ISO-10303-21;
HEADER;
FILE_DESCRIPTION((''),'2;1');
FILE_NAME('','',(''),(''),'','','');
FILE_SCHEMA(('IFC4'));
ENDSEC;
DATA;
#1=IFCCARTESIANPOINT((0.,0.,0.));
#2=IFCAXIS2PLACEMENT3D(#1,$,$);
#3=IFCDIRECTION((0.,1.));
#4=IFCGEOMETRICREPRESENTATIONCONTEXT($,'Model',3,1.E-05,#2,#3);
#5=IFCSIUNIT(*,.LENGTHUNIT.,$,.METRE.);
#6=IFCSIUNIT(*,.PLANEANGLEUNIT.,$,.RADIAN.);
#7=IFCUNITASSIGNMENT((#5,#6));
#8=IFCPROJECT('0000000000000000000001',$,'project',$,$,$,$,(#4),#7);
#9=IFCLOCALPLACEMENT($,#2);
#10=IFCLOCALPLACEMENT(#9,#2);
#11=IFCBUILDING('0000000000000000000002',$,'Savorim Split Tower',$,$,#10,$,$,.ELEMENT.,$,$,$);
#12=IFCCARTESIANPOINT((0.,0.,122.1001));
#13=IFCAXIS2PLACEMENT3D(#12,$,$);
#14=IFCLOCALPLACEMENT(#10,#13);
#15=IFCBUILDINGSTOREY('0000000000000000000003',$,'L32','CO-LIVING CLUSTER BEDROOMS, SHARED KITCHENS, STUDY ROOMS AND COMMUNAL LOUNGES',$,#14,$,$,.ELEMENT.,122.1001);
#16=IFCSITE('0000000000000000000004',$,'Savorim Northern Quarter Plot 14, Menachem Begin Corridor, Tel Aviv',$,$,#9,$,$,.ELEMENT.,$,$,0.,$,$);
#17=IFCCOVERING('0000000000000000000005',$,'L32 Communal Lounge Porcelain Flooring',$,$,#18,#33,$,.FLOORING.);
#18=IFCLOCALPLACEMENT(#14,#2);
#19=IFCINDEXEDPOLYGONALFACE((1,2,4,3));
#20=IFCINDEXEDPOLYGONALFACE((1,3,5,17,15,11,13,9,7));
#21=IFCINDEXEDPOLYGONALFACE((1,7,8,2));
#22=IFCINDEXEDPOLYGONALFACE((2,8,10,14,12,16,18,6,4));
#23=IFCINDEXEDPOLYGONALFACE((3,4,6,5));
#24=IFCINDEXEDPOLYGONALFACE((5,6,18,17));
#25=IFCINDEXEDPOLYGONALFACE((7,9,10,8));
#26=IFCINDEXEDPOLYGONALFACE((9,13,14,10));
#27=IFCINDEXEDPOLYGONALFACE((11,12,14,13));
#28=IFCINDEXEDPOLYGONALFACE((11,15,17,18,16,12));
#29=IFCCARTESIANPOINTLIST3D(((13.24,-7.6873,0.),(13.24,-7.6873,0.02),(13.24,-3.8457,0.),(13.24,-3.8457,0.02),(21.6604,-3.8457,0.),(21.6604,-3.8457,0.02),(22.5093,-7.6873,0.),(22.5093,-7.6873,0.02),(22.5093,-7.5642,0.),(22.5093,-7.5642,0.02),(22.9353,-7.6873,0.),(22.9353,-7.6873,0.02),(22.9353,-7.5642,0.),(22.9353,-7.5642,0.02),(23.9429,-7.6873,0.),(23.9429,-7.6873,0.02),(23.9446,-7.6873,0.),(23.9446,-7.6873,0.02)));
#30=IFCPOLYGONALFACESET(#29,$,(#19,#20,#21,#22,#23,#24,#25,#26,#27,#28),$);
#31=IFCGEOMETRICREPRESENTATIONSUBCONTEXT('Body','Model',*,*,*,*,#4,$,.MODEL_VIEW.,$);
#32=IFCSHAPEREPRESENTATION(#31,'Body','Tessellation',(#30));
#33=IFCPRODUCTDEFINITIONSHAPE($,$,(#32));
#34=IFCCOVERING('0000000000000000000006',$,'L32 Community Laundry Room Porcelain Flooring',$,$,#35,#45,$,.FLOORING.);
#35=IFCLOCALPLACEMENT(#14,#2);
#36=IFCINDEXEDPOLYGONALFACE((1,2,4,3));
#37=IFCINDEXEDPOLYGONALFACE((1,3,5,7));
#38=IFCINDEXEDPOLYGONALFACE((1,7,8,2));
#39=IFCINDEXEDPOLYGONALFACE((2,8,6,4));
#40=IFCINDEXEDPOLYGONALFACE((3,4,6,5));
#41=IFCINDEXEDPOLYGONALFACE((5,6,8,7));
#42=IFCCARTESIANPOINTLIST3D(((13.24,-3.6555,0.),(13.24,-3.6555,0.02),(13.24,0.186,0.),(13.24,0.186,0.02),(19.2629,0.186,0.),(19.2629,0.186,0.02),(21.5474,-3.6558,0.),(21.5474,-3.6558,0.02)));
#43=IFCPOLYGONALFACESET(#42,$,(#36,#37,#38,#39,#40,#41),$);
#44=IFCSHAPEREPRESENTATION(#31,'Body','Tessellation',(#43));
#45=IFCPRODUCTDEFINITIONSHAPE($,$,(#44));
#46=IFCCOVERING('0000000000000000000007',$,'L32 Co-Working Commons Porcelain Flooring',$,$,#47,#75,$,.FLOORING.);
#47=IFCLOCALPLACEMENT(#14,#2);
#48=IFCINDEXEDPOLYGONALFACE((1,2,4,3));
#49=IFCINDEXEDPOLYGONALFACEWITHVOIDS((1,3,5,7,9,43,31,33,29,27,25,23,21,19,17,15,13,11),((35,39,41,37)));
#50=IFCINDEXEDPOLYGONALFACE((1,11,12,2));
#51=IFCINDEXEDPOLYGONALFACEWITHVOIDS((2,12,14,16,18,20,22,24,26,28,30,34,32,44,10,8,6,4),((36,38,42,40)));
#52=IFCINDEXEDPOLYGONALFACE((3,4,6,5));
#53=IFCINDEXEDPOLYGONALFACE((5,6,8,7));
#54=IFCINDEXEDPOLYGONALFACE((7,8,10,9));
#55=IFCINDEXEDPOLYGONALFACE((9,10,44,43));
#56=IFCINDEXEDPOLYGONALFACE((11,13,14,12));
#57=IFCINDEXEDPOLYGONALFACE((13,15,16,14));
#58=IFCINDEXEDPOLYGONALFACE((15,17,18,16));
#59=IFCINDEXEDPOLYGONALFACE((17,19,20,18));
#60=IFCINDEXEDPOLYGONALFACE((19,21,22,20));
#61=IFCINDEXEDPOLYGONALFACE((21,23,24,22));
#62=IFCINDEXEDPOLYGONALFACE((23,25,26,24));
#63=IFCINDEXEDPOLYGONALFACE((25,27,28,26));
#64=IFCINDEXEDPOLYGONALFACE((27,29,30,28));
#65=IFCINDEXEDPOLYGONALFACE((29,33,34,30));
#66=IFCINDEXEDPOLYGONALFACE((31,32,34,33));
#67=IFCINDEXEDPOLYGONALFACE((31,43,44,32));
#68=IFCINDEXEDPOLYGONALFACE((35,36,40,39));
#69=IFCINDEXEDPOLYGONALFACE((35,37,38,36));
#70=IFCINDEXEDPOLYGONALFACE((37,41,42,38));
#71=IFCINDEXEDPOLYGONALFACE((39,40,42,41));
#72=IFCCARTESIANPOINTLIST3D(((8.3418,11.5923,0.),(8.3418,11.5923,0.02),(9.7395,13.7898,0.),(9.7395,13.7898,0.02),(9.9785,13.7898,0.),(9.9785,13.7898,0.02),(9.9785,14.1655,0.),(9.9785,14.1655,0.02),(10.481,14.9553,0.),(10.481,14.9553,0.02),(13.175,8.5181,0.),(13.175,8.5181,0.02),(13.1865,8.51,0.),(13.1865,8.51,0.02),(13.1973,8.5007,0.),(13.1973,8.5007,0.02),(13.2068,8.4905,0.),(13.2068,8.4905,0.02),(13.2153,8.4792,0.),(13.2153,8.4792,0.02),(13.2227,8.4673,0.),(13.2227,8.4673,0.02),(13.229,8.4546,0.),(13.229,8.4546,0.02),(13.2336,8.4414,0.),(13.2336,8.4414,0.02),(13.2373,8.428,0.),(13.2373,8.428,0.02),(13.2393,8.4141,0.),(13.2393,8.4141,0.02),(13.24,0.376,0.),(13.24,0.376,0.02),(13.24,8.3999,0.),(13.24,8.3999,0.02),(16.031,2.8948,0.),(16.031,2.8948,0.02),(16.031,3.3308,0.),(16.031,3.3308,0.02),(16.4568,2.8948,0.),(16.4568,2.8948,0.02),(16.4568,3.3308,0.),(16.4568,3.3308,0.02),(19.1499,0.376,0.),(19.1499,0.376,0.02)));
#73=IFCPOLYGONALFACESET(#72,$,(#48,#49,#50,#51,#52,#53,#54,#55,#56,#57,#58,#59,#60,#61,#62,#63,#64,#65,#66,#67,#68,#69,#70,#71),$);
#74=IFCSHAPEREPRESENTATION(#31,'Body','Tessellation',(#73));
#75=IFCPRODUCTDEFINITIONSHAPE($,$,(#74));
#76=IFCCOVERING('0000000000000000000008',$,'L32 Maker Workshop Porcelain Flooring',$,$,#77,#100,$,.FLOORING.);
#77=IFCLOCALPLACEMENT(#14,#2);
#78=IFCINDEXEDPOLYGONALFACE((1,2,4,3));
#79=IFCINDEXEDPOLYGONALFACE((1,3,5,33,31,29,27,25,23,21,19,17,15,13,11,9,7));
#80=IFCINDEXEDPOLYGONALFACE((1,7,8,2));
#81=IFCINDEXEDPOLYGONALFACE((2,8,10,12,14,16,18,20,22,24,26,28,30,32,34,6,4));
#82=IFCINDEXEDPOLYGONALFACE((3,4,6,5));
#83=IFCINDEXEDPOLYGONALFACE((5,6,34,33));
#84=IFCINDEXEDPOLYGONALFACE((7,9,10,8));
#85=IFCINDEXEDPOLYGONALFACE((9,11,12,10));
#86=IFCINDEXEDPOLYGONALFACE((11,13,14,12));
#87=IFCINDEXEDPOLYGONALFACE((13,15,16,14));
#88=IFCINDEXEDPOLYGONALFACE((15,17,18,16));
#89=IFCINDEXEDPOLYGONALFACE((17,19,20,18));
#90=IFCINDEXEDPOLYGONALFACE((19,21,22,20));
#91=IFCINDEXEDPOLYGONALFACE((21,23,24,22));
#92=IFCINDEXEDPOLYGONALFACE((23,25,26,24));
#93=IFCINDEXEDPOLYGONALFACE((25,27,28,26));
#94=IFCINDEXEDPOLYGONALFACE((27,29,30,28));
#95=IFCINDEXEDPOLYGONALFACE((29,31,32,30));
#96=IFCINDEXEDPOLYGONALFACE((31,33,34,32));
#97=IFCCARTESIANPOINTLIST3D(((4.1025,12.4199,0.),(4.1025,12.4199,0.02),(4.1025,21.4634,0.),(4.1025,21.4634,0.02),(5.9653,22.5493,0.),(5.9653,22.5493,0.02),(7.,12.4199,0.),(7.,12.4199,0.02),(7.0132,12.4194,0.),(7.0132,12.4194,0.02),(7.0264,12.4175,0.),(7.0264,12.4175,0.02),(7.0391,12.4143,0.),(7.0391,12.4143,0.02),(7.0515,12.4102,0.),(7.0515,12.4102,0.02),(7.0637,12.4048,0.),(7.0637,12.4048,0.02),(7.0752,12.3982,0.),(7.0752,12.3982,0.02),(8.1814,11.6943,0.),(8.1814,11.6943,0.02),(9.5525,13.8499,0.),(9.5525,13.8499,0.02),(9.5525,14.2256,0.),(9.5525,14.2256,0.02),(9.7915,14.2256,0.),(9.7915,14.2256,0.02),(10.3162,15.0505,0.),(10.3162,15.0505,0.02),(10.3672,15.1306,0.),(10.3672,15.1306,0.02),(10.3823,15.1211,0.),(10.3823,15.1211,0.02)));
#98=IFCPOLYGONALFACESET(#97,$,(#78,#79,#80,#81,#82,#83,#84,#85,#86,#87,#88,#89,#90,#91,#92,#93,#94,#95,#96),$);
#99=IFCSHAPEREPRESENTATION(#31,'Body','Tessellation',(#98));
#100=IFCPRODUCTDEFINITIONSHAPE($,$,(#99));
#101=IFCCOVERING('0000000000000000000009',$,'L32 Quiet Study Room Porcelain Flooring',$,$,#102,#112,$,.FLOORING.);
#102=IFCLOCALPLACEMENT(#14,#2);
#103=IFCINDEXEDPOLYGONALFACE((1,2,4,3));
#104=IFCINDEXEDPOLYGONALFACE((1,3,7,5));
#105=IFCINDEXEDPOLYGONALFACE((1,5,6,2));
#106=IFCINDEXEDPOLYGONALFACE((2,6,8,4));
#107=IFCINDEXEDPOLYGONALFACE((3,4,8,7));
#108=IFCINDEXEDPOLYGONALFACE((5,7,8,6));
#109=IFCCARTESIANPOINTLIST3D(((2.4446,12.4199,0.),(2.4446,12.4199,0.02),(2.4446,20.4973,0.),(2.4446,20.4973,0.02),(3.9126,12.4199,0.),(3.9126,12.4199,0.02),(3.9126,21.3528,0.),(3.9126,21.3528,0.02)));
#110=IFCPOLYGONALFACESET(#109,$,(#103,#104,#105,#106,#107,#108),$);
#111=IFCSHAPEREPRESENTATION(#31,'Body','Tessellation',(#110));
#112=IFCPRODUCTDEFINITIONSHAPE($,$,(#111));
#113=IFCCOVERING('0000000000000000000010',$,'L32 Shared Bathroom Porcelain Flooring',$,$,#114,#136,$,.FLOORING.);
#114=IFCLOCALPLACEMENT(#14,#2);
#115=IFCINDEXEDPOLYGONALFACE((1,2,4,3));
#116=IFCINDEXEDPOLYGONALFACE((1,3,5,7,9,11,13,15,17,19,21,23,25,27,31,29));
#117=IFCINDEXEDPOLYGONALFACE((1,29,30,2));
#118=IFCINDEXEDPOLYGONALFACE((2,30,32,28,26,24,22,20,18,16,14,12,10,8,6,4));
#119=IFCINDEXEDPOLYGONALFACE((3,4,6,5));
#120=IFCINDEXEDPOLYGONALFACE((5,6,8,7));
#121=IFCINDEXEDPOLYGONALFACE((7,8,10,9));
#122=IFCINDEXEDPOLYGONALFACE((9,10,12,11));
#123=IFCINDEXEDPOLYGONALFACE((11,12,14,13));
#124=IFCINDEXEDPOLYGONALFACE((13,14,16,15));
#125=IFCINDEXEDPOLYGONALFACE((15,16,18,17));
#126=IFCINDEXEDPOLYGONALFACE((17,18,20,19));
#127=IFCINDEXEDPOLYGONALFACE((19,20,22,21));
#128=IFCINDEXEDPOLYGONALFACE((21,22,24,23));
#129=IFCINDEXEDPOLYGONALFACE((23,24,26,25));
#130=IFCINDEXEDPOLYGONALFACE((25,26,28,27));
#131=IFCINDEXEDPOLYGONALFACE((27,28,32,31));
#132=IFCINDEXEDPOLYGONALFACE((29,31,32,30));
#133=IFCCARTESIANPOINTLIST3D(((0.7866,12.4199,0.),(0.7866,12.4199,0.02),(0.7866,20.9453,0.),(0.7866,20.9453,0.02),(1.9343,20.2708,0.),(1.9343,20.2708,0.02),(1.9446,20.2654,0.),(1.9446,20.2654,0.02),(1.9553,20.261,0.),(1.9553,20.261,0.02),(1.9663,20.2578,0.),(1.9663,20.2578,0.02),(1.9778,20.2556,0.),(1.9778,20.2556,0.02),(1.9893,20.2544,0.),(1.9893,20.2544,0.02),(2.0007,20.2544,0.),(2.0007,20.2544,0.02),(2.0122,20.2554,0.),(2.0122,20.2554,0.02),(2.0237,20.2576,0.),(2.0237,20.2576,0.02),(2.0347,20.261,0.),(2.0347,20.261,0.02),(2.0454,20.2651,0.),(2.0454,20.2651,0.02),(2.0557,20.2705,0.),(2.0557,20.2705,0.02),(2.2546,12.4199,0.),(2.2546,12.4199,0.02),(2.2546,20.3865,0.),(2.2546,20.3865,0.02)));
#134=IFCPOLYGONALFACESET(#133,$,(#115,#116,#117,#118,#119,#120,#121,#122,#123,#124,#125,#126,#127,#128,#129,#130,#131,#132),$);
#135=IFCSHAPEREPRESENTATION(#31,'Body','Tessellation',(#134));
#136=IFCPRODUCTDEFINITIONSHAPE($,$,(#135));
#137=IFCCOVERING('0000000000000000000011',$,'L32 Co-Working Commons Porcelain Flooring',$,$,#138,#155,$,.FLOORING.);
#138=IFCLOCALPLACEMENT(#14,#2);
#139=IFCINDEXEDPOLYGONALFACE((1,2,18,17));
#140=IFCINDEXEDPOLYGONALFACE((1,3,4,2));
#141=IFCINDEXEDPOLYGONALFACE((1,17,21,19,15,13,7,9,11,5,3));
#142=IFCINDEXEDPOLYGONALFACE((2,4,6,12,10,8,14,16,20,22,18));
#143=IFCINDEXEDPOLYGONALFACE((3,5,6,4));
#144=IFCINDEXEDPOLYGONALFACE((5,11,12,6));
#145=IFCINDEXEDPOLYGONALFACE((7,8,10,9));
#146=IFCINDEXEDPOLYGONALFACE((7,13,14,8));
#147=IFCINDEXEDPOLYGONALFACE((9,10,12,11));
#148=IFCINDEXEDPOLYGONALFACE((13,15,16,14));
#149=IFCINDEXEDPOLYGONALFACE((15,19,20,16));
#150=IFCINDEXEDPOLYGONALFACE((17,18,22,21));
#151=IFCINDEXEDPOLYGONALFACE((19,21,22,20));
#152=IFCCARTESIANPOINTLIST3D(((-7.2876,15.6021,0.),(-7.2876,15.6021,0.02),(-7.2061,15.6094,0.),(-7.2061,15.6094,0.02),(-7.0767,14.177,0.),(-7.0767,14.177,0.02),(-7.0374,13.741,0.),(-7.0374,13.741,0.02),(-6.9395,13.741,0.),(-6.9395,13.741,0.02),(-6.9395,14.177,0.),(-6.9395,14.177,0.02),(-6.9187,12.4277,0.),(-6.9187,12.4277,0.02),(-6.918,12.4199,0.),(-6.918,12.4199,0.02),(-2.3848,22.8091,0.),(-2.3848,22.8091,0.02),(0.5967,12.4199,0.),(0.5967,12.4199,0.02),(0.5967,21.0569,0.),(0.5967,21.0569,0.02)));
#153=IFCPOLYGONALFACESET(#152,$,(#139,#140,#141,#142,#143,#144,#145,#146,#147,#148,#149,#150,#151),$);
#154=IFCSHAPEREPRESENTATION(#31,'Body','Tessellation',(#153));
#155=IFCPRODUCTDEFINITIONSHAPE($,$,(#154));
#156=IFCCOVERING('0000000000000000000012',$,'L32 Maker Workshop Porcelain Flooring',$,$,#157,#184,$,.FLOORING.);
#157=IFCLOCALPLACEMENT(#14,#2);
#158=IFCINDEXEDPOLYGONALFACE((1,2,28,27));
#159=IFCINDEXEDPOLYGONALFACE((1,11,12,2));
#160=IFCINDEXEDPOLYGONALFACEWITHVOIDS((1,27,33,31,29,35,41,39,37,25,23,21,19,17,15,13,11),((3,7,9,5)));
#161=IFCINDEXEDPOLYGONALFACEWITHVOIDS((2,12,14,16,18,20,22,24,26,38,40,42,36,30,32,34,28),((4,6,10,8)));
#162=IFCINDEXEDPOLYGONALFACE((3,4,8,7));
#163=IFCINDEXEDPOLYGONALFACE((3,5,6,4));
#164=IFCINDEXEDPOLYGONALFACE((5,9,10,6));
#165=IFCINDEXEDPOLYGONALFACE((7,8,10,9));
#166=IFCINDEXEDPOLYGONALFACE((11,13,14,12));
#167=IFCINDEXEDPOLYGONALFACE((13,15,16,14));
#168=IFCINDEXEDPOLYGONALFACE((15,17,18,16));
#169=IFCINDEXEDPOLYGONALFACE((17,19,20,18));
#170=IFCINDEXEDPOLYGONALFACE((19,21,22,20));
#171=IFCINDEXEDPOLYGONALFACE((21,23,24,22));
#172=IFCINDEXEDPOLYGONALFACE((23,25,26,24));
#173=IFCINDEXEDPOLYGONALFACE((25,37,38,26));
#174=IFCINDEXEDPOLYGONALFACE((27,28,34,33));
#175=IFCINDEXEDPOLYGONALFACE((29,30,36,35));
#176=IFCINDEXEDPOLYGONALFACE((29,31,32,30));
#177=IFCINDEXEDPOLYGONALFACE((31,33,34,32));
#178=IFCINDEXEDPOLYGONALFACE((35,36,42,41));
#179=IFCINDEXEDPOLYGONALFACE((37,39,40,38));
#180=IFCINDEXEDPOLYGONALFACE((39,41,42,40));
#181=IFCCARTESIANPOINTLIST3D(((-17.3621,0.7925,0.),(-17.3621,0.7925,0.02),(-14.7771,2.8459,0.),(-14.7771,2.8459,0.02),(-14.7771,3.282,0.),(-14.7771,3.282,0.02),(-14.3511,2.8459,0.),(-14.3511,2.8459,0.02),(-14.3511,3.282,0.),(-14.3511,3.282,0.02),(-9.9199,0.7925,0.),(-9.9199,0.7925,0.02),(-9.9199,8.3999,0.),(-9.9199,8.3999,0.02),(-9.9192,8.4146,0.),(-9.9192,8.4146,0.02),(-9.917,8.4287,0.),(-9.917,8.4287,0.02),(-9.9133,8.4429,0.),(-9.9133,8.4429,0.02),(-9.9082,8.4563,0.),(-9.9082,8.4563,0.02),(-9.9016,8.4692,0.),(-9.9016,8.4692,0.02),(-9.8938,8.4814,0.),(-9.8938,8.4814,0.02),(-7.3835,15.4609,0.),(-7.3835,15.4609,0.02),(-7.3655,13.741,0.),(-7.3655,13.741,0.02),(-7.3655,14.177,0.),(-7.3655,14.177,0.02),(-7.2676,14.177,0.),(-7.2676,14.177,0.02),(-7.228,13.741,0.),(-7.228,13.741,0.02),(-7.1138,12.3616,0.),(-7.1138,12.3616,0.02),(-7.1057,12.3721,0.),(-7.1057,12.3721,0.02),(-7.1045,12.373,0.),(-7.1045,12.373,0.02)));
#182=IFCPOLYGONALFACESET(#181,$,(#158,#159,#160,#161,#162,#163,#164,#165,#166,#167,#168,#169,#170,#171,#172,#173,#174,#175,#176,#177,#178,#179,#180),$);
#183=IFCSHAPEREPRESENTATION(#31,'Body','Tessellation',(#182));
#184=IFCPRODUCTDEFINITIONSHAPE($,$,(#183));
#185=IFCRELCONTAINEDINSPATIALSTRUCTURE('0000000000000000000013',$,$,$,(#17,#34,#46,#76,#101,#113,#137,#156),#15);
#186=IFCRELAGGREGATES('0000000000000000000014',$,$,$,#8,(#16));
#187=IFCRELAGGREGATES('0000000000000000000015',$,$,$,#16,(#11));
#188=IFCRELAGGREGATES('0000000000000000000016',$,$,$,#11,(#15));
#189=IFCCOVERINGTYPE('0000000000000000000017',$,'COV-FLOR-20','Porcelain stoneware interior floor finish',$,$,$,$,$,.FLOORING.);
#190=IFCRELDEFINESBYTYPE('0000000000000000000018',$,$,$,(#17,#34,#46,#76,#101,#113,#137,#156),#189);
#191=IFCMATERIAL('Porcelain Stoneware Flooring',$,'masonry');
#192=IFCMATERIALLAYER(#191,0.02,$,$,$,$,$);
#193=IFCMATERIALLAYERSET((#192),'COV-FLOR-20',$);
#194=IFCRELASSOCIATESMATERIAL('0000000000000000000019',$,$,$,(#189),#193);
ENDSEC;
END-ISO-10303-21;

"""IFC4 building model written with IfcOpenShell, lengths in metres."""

from ifc_helpers import new_model, si_unit, direction, frame, origin, place, context, subcontext, project, spatial, polyline, outline, extrude, material, layer, layer_set, type_object, element, save


model = new_model("IFC4")

# Units and contexts
model_context = context("Model", 3, precision=1e-05, world=origin(), true_north=direction((0.0, 1.0)))
body_context = subcontext(model_context, "Body", "Model", "MODEL_VIEW")
ifc_project = project(units=[si_unit("LENGTHUNIT", "METRE"), si_unit("PLANEANGLEUNIT", "RADIAN")], contexts=[model_context])

# Site, building, storey
site_placement = place(None, origin())
site = spatial("IfcSite", under=ifc_project, at=site_placement, Name="Savorim Northern Quarter Plot 14, Menachem Begin Corridor, Tel Aviv", CompositionType="ELEMENT", RefElevation=0.0)
building_placement = place(site_placement, origin())
building = spatial("IfcBuilding", under=site, at=building_placement, Name="Savorim Split Tower", CompositionType="ELEMENT")
storey_placement = place(building_placement, frame((0.0, 0.0, 122.1001)))
storey = spatial("IfcBuildingStorey", under=building, at=storey_placement, Name="L32", Description="CO-LIVING CLUSTER BEDROOMS, SHARED KITCHENS, STUDY ROOMS AND COMMUNAL LOUNGES", CompositionType="ELEMENT", Elevation=122.1001)

# Coverings
ifc_material_1 = material(Name="Porcelain Stoneware Flooring", Category="masonry")
ifc_layer_1 = layer(ifc_material_1, 0.02)
ifc_layer_set_1 = layer_set([ifc_layer_1], Name="COV-FLOR-20")
covering_type_1 = type_object("IfcCoveringType", Name="COV-FLOR-20", Description="Porcelain stoneware interior floor finish", PredefinedType="FLOORING", material=ifc_layer_set_1)
covering_1_placement = place(storey_placement, origin())
element("IfcCovering", 1, at=covering_1_placement, inside=storey, type_object=covering_type_1, Name="L32 Communal Lounge Porcelain Flooring", PredefinedType="FLOORING", context=body_context, shape_type="SweptSolid", body=[
    extrude(outline(polyline([(22.9353, -7.5642), (22.9353, -7.6873), (23.9429, -7.6873), (23.9446, -7.6873), (21.6604, -3.8457), (13.24, -3.8457), (13.24, -7.6873), (22.5093, -7.6873), (22.5093, -7.5642), (22.9353, -7.5642)])), origin(), (0.0, 0.0, 1.0), 0.02),
])
covering_2_placement = place(storey_placement, origin())
element("IfcCovering", 2, at=covering_2_placement, inside=storey, type_object=covering_type_1, Name="L32 Community Laundry Room Porcelain Flooring", PredefinedType="FLOORING", context=body_context, shape_type="SweptSolid", body=[
    extrude(outline(polyline([(21.5474, -3.6558), (19.2629, 0.186), (13.24, 0.186), (13.24, -3.6555), (21.5474, -3.6558)])), origin(), (0.0, 0.0, 1.0), 0.02),
])
covering_3_placement = place(storey_placement, origin())
element("IfcCovering", 3, at=covering_3_placement, inside=storey, type_object=covering_type_1, Name="L32 Co-Working Commons Porcelain Flooring", PredefinedType="FLOORING", context=body_context, shape_type="SweptSolid", body=[
    extrude(outline(polyline([(13.2373, 8.428), (13.2393, 8.4141), (13.24, 8.3999), (13.24, 0.376), (19.1499, 0.376), (10.481, 14.9553), (9.9785, 14.1655), (9.9785, 13.7898), (9.7395, 13.7898), (8.3418, 11.5923), (8.3418, 11.5923), (13.175, 8.5181), (13.1865, 8.51), (13.1973, 8.5007), (13.2068, 8.4905), (13.2153, 8.4792), (13.2227, 8.4673), (13.229, 8.4546), (13.2336, 8.4414), (13.2373, 8.428)]), holes=[polyline([(16.4568, 2.8948), (16.4568, 3.3308), (16.031, 3.3308), (16.031, 2.8948), (16.4568, 2.8948)])]), origin(), (0.0, 0.0, 1.0), 0.02),
])
covering_4_placement = place(storey_placement, origin())
element("IfcCovering", 4, at=covering_4_placement, inside=storey, type_object=covering_type_1, Name="L32 Maker Workshop Porcelain Flooring", PredefinedType="FLOORING", context=body_context, shape_type="SweptSolid", body=[
    extrude(outline(polyline([(10.3672, 15.1306), (10.3823, 15.1211), (5.9653, 22.5493), (4.1025, 21.4634), (4.1025, 12.4199), (7.0, 12.4199), (7.0132, 12.4194), (7.0264, 12.4175), (7.0391, 12.4143), (7.0515, 12.4102), (7.0637, 12.4048), (7.0752, 12.3982), (8.1814, 11.6943), (9.5525, 13.8499), (9.5525, 14.2256), (9.7915, 14.2256), (10.3162, 15.0505), (10.3672, 15.1306)])), origin(), (0.0, 0.0, 1.0), 0.02),
])
covering_5_placement = place(storey_placement, origin())
element("IfcCovering", 5, at=covering_5_placement, inside=storey, type_object=covering_type_1, Name="L32 Quiet Study Room Porcelain Flooring", PredefinedType="FLOORING", context=body_context, shape_type="SweptSolid", body=[
    extrude(outline(polyline([(2.4446, 12.4199), (3.9126, 12.4199), (3.9126, 21.3528), (2.4446, 20.4973), (2.4446, 12.4199)])), origin(), (0.0, 0.0, 1.0), 0.02),
])
covering_6_placement = place(storey_placement, origin())
element("IfcCovering", 6, at=covering_6_placement, inside=storey, type_object=covering_type_1, Name="L32 Shared Bathroom Porcelain Flooring", PredefinedType="FLOORING", context=body_context, shape_type="SweptSolid", body=[
    extrude(outline(polyline([(1.9553, 20.261), (1.9446, 20.2654), (1.9343, 20.2708), (0.7866, 20.9453), (0.7866, 12.4199), (2.2546, 12.4199), (2.2546, 20.3865), (2.0557, 20.2705), (2.0454, 20.2651), (2.0347, 20.261), (2.0237, 20.2576), (2.0122, 20.2554), (2.0007, 20.2544), (1.9893, 20.2544), (1.9778, 20.2556), (1.9663, 20.2578), (1.9553, 20.261)])), origin(), (0.0, 0.0, 1.0), 0.02),
])
covering_7_placement = place(storey_placement, origin())
element("IfcCovering", 7, at=covering_7_placement, inside=storey, type_object=covering_type_1, Name="L32 Co-Working Commons Porcelain Flooring", PredefinedType="FLOORING", context=body_context, shape_type="SweptSolid", body=[
    extrude(outline(polyline([(-6.918, 12.4199), (0.5967, 12.4199), (0.5967, 21.0569), (-2.3848, 22.8091), (-7.2876, 15.6021), (-7.2061, 15.6094), (-7.0767, 14.177), (-6.9395, 14.177), (-6.9395, 13.741), (-7.0374, 13.741), (-6.9187, 12.4277), (-6.918, 12.4199)])), origin(), (0.0, 0.0, 1.0), 0.02),
])
covering_8_placement = place(storey_placement, origin())
element("IfcCovering", 8, at=covering_8_placement, inside=storey, type_object=covering_type_1, Name="L32 Maker Workshop Porcelain Flooring", PredefinedType="FLOORING", context=body_context, shape_type="SweptSolid", body=[
    extrude(outline(polyline([(-7.1138, 12.3616), (-7.1057, 12.3721), (-7.1045, 12.373), (-7.228, 13.741), (-7.3655, 13.741), (-7.3655, 14.177), (-7.2676, 14.177), (-7.3835, 15.4609), (-17.3621, 0.7925), (-9.9199, 0.7925), (-9.9199, 8.3999), (-9.9192, 8.4146), (-9.917, 8.4287), (-9.9133, 8.4429), (-9.9082, 8.4563), (-9.9016, 8.4692), (-9.8938, 8.4814), (-7.1138, 12.3616)]), holes=[polyline([(-14.7771, 3.282), (-14.7771, 2.8459), (-14.3511, 2.8459), (-14.3511, 3.282), (-14.7771, 3.282)])]), origin(), (0.0, 0.0, 1.0), 0.02),
])

save(model, "model.ifc")
